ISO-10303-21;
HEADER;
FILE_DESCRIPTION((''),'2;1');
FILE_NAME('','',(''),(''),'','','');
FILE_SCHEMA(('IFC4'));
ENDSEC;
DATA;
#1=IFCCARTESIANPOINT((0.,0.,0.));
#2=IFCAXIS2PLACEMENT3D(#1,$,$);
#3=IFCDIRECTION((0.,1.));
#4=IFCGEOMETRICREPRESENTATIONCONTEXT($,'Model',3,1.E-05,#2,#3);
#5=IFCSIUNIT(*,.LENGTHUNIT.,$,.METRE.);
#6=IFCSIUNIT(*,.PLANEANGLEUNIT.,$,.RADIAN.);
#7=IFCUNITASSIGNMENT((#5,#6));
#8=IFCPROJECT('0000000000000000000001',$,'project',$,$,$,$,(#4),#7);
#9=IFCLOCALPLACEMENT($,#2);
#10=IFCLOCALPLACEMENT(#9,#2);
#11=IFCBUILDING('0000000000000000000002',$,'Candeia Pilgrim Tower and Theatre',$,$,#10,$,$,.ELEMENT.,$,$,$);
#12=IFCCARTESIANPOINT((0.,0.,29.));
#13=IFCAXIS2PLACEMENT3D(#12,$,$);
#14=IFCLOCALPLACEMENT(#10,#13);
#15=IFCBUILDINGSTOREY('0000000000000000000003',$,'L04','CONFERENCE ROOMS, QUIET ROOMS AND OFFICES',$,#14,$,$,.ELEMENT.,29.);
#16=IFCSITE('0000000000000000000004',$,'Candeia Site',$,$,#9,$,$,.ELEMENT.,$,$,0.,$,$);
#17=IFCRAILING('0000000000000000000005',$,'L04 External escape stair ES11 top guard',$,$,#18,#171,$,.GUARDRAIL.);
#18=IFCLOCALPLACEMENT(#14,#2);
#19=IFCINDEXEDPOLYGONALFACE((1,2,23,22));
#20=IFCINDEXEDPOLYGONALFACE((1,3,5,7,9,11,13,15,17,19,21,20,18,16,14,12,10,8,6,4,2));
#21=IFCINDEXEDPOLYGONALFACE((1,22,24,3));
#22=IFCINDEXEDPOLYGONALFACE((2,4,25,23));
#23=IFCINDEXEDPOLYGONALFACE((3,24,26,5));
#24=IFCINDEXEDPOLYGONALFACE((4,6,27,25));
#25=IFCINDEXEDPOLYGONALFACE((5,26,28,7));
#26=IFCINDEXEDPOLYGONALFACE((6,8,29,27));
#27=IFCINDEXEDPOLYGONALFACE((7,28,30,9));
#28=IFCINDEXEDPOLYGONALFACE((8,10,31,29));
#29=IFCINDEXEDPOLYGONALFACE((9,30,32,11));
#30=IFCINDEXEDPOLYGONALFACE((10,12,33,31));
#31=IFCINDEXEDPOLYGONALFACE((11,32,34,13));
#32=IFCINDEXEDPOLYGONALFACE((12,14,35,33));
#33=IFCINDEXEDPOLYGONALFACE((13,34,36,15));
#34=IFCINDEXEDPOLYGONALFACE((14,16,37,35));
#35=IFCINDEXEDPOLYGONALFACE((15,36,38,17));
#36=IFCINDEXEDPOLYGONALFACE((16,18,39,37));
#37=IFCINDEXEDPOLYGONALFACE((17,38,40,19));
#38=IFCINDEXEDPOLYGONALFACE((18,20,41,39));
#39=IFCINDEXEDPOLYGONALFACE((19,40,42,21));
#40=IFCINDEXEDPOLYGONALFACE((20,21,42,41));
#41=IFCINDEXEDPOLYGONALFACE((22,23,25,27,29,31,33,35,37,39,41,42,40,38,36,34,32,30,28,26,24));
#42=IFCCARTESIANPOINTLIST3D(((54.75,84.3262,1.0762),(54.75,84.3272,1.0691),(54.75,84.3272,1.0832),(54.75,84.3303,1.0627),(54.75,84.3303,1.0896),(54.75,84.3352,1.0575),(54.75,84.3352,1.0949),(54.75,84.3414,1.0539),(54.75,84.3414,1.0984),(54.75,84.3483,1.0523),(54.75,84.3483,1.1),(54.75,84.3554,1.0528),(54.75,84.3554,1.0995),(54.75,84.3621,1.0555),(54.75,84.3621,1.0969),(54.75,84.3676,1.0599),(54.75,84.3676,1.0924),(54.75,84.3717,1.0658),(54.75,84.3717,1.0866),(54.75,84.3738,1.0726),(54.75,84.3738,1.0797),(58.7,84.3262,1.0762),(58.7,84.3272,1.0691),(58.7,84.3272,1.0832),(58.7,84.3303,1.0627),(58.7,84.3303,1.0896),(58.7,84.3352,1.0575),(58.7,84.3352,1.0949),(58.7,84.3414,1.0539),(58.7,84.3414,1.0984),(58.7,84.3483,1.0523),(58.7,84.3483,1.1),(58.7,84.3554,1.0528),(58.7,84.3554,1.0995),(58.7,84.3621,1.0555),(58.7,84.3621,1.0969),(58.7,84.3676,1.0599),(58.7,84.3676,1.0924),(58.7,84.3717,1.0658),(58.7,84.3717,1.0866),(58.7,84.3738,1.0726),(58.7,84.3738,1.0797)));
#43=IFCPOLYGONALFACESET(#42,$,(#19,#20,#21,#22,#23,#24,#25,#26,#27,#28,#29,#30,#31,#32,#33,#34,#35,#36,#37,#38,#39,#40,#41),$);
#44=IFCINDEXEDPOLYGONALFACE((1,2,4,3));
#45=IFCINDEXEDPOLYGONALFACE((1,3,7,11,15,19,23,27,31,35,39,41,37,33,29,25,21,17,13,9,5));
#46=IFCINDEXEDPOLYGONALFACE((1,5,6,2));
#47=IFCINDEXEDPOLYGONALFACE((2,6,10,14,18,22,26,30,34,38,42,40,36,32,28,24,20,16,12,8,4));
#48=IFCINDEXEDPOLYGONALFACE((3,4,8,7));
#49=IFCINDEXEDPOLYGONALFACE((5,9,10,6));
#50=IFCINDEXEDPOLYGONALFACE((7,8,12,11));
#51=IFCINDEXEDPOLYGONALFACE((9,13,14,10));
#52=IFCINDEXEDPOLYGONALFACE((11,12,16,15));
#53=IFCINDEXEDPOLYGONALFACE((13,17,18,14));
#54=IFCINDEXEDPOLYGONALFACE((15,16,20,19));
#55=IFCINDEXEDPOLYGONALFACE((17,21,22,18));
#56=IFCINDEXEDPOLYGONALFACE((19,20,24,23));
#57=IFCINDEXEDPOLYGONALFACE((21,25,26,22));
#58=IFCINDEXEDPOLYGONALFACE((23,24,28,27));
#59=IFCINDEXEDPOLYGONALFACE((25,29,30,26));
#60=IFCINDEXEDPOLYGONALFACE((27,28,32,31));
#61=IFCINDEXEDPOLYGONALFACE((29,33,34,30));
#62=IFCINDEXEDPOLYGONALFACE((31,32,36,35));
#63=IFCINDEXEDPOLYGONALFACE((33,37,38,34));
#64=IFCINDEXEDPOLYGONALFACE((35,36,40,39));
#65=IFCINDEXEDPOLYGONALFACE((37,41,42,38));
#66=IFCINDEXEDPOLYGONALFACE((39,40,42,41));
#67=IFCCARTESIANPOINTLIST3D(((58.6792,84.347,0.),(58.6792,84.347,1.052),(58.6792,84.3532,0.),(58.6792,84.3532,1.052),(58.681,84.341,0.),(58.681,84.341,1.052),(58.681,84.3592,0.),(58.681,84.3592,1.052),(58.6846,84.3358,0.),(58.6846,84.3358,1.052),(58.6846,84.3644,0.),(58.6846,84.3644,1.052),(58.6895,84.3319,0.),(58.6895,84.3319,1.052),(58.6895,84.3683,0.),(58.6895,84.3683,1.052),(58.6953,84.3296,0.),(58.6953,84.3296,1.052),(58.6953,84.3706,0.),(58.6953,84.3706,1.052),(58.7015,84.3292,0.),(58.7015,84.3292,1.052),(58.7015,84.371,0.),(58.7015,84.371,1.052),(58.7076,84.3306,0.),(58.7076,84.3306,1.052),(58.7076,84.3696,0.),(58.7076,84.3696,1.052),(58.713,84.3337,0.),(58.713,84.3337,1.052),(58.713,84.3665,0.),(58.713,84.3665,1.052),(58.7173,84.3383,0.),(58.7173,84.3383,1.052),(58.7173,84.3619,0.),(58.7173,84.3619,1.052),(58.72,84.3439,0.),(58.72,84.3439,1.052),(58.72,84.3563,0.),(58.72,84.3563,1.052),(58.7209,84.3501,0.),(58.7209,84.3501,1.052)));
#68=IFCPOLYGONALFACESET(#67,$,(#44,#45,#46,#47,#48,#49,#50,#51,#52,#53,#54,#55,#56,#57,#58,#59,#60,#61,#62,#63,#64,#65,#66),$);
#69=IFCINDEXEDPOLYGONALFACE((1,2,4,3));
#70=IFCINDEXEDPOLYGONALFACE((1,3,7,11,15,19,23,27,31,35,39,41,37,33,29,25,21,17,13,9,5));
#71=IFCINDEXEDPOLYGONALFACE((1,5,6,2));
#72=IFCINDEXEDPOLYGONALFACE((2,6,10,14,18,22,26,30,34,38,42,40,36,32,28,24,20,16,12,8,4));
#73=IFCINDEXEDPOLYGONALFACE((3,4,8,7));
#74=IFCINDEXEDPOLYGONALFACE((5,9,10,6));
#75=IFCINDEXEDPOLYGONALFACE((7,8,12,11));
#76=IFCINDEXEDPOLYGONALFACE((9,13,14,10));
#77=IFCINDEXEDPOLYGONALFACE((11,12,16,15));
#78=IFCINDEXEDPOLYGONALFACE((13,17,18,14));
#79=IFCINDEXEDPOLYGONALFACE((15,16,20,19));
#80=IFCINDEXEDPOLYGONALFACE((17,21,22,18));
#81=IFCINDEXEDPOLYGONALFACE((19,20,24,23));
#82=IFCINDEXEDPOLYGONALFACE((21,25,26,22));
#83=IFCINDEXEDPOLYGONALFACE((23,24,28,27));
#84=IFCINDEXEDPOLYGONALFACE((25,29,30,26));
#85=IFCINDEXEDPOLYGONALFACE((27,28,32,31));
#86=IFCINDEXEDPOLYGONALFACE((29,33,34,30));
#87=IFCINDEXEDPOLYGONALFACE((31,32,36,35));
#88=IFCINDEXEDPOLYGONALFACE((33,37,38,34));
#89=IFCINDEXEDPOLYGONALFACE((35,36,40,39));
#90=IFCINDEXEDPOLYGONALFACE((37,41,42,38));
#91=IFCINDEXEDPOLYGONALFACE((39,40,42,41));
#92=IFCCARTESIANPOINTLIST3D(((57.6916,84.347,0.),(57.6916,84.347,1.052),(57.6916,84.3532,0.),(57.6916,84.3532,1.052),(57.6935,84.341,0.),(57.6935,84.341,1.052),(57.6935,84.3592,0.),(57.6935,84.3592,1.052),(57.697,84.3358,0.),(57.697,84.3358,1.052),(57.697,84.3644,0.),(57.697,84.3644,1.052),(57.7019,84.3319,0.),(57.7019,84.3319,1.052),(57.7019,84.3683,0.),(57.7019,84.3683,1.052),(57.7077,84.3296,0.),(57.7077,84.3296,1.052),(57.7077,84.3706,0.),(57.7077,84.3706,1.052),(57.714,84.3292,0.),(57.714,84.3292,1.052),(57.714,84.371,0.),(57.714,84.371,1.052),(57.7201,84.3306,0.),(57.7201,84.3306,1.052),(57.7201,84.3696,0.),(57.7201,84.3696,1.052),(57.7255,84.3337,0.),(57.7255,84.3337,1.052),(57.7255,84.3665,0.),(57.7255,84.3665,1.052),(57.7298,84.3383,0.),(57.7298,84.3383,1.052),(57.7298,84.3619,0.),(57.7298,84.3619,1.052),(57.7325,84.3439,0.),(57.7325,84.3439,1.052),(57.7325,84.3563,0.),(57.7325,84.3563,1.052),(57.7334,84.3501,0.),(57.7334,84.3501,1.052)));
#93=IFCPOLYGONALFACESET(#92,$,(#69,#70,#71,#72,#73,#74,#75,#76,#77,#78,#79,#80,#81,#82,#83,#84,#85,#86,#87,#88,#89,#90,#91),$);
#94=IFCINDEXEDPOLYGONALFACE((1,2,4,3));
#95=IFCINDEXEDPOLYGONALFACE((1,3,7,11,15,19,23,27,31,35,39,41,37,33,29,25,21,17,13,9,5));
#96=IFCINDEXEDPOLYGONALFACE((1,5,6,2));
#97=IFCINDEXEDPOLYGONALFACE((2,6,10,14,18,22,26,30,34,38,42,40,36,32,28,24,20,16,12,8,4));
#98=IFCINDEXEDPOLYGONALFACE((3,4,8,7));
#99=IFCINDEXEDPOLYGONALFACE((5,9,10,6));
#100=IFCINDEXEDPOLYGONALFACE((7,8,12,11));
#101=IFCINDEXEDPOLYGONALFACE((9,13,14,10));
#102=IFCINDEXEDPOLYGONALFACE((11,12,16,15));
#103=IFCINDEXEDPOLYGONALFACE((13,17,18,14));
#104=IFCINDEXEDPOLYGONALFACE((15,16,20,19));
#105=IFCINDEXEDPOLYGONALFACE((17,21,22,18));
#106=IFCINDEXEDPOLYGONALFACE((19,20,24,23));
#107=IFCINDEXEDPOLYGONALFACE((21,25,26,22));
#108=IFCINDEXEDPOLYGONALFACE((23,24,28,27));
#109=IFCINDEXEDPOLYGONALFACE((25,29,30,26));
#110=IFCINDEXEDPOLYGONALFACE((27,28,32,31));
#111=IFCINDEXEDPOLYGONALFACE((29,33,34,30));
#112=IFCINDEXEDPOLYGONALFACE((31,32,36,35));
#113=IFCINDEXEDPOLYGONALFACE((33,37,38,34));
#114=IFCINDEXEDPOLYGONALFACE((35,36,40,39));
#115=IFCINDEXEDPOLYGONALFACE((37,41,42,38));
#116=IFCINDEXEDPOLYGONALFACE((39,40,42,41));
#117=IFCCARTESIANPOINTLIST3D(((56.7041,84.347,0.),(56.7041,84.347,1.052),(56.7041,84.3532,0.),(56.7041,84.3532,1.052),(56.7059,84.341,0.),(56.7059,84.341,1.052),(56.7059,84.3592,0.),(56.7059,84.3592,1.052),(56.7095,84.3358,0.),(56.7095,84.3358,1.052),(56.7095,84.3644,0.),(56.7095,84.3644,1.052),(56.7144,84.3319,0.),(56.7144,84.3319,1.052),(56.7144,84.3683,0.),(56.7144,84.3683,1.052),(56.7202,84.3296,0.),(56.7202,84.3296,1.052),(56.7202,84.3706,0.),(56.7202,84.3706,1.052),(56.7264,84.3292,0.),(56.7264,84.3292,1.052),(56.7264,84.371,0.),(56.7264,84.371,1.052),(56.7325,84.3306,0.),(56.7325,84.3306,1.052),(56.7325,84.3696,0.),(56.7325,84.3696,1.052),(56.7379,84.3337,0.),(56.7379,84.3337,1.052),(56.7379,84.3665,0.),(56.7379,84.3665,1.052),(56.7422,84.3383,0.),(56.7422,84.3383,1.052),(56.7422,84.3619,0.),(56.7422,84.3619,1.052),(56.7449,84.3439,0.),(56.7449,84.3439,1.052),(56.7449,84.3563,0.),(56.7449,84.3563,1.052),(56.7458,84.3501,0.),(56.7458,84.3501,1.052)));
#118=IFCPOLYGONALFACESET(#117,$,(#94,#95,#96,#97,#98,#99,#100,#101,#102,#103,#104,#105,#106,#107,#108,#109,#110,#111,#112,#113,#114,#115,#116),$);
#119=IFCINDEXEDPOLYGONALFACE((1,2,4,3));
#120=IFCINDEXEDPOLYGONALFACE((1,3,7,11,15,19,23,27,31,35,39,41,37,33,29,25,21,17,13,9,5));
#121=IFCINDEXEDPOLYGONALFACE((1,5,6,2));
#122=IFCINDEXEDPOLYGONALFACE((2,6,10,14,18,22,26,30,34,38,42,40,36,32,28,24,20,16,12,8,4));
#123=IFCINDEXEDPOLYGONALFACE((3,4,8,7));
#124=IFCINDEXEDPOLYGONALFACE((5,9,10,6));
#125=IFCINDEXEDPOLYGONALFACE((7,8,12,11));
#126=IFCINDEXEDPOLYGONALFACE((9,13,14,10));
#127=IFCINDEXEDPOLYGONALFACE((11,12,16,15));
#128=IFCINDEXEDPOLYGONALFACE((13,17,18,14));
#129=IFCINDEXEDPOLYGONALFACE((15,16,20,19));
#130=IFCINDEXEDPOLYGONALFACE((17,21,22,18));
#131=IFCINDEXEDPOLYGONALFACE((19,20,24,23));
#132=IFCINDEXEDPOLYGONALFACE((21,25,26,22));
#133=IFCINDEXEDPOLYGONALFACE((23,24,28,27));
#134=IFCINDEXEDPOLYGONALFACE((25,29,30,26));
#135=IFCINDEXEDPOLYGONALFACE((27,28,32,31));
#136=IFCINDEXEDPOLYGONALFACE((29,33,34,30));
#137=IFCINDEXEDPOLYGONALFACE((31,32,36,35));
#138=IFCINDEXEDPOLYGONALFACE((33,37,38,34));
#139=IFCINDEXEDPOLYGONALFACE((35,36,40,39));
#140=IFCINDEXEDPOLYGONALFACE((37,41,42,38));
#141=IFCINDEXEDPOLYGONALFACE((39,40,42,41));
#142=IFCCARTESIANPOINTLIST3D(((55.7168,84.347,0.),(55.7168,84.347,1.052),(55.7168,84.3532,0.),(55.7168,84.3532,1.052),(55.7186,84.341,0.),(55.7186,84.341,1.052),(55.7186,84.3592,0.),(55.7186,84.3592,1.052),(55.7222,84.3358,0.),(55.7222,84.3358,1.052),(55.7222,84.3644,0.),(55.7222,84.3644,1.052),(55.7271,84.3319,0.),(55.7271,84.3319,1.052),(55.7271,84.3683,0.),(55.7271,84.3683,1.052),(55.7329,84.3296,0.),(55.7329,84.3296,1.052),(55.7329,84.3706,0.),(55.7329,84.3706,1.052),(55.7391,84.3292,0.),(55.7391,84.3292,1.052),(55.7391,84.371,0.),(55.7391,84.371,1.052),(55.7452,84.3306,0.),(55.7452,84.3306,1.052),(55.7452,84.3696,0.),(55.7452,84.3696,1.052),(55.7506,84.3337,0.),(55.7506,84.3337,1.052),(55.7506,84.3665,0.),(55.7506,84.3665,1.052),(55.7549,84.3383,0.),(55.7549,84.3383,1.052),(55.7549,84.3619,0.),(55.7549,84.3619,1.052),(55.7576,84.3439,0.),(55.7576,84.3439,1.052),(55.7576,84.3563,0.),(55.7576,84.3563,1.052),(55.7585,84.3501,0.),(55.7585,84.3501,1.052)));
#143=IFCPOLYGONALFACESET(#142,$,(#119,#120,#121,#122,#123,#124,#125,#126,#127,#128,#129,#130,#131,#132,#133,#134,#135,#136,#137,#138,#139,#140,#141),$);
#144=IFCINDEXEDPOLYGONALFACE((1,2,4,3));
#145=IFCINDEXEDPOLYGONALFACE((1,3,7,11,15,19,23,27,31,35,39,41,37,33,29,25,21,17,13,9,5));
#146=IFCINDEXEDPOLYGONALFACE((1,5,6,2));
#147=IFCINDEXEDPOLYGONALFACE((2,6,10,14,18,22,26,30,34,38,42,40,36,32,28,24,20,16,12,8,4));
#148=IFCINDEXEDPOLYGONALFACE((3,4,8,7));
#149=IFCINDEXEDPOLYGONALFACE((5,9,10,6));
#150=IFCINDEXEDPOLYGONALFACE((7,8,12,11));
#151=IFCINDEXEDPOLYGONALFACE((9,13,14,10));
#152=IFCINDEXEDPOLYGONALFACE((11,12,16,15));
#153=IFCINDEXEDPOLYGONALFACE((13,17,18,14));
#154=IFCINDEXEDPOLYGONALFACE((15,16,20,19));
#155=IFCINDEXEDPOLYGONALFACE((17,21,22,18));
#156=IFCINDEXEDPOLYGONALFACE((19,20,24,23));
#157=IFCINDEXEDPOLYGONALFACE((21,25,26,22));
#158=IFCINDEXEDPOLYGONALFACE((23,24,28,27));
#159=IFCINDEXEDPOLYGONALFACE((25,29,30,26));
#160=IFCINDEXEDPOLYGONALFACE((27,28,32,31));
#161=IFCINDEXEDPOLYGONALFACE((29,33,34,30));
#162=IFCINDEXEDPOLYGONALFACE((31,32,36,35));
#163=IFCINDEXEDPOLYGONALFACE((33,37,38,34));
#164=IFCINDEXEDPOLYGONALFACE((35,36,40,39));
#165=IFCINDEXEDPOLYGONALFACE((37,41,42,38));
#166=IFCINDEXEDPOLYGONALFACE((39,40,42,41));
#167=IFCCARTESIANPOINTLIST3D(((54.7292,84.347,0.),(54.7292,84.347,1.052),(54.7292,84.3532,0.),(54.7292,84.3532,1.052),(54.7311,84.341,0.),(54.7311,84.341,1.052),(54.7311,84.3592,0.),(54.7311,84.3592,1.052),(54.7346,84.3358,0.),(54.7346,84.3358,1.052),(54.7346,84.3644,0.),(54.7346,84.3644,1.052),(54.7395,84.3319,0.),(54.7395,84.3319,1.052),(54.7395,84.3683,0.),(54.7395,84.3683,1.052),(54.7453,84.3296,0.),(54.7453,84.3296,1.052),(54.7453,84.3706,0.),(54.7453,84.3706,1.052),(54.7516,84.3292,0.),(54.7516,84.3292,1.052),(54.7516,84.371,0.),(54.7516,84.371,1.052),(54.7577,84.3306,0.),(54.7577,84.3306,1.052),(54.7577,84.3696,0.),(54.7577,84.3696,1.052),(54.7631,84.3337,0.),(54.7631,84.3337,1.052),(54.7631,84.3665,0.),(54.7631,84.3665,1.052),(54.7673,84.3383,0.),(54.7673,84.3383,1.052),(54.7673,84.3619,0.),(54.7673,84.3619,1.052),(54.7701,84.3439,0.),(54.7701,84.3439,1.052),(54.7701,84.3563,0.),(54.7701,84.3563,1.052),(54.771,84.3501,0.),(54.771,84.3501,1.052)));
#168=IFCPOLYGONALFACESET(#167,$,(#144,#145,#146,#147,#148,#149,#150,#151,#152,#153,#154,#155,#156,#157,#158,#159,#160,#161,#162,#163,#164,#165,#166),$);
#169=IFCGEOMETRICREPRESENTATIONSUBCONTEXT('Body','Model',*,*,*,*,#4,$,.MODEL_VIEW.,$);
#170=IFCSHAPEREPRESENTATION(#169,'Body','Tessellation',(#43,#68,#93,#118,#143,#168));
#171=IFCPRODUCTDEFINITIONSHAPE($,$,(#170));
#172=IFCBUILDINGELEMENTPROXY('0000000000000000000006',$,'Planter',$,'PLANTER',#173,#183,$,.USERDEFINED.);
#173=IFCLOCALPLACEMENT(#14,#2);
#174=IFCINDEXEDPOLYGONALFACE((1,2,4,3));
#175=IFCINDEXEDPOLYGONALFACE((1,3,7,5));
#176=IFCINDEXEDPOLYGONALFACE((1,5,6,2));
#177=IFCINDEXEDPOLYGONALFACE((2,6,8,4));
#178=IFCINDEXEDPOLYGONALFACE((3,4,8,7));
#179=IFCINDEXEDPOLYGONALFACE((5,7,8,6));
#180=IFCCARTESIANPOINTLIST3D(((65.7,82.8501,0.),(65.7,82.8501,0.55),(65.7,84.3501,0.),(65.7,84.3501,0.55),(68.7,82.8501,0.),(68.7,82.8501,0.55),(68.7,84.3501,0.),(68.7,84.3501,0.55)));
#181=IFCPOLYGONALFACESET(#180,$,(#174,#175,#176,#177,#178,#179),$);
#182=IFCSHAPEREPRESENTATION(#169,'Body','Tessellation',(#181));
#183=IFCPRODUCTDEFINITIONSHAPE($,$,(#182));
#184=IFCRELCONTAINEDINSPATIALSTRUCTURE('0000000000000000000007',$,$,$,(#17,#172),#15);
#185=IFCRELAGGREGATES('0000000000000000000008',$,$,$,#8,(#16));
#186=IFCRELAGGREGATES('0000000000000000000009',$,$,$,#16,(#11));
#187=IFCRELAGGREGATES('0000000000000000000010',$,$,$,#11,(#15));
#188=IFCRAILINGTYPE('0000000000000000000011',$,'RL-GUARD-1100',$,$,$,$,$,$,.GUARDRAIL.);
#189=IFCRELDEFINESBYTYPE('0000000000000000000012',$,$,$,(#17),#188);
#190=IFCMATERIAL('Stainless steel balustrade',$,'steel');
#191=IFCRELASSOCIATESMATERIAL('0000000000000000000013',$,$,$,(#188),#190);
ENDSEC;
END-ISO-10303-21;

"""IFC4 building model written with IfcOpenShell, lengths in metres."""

from ifc_helpers import new_model, si_unit, direction, frame, origin, origin_2d, place, context, subcontext, project, spatial, rectangle, circle, extrude, material, type_object, element, save


model = new_model("IFC4")

# Units and contexts
model_context = context("Model", 3, precision=1e-05, world=origin(), true_north=direction((0.0, 1.0)))
body_context = subcontext(model_context, "Body", "Model", "MODEL_VIEW")
ifc_project = project(units=[si_unit("LENGTHUNIT", "METRE"), si_unit("PLANEANGLEUNIT", "RADIAN")], contexts=[model_context])

# Site, building, storey
site_placement = place(None, origin())
site = spatial("IfcSite", under=ifc_project, at=site_placement, Name="Candeia Site", CompositionType="ELEMENT", RefElevation=0.0)
building_placement = place(site_placement, origin())
building = spatial("IfcBuilding", under=site, at=building_placement, Name="Candeia Pilgrim Tower and Theatre", CompositionType="ELEMENT")
storey_placement = place(building_placement, frame((0.0, 0.0, 29.0)))
storey = spatial("IfcBuildingStorey", under=building, at=storey_placement, Name="L04", Description="CONFERENCE ROOMS, QUIET ROOMS AND OFFICES", CompositionType="ELEMENT", Elevation=29.0)

# Railing
ifc_material_1 = material(Name="Stainless steel balustrade", Category="steel")
railing_type_1 = type_object("IfcRailingType", Name="RL-GUARD-1100", PredefinedType="GUARDRAIL", material=ifc_material_1)
railing_1_placement = place(storey_placement, frame((58.7, 84.3501, 0.0)))
element("IfcRailing", 1, at=railing_1_placement, inside=storey, type_object=railing_type_1, Name="L04 External escape stair ES11 top guard", PredefinedType="GUARDRAIL", context=body_context, shape_type="SweptSolid", body=[
    extrude(circle(Radius=0.0239, at=origin_2d()), frame((0.0, 0.0, 1.0762), z_axis=(-1.0, 0.0, 0.0), x_axis=(0.0, -1.0, 0.0)), (0.0, 0.0, 1.0), 3.95),
    extrude(circle(Radius=0.021, at=origin_2d()), origin(), (0.0, 0.0, 1.0), 1.052),
    extrude(circle(Radius=0.021, at=origin_2d()), frame((-0.9875, 0.0, 0.0)), (0.0, 0.0, 1.0), 1.052),
    extrude(circle(Radius=0.021, at=origin_2d()), frame((-1.9751, 0.0, 0.0)), (0.0, 0.0, 1.0), 1.052),
    extrude(circle(Radius=0.021, at=origin_2d()), frame((-2.9624, 0.0, 0.0)), (0.0, 0.0, 1.0), 1.052),
    extrude(circle(Radius=0.021, at=origin_2d()), frame((-3.95, 0.0, 0.0)), (0.0, 0.0, 1.0), 1.052),
])

# Building element proxy
proxy_placement = place(storey_placement, frame((67.2, 83.6001, 0.0), z_axis=(0.0, 0.0, 1.0), x_axis=(1.0, 0.0, 0.0)))
element("IfcBuildingElementProxy", 2, at=proxy_placement, inside=storey, Name="Planter", ObjectType="PLANTER", PredefinedType="USERDEFINED", context=body_context, shape_type="SweptSolid", body=[
    extrude(rectangle(XDim=3.0, YDim=1.5, at=origin_2d()), origin(), (0.0, 0.0, 1.0), 0.55),
])

save(model, "model.ifc")
